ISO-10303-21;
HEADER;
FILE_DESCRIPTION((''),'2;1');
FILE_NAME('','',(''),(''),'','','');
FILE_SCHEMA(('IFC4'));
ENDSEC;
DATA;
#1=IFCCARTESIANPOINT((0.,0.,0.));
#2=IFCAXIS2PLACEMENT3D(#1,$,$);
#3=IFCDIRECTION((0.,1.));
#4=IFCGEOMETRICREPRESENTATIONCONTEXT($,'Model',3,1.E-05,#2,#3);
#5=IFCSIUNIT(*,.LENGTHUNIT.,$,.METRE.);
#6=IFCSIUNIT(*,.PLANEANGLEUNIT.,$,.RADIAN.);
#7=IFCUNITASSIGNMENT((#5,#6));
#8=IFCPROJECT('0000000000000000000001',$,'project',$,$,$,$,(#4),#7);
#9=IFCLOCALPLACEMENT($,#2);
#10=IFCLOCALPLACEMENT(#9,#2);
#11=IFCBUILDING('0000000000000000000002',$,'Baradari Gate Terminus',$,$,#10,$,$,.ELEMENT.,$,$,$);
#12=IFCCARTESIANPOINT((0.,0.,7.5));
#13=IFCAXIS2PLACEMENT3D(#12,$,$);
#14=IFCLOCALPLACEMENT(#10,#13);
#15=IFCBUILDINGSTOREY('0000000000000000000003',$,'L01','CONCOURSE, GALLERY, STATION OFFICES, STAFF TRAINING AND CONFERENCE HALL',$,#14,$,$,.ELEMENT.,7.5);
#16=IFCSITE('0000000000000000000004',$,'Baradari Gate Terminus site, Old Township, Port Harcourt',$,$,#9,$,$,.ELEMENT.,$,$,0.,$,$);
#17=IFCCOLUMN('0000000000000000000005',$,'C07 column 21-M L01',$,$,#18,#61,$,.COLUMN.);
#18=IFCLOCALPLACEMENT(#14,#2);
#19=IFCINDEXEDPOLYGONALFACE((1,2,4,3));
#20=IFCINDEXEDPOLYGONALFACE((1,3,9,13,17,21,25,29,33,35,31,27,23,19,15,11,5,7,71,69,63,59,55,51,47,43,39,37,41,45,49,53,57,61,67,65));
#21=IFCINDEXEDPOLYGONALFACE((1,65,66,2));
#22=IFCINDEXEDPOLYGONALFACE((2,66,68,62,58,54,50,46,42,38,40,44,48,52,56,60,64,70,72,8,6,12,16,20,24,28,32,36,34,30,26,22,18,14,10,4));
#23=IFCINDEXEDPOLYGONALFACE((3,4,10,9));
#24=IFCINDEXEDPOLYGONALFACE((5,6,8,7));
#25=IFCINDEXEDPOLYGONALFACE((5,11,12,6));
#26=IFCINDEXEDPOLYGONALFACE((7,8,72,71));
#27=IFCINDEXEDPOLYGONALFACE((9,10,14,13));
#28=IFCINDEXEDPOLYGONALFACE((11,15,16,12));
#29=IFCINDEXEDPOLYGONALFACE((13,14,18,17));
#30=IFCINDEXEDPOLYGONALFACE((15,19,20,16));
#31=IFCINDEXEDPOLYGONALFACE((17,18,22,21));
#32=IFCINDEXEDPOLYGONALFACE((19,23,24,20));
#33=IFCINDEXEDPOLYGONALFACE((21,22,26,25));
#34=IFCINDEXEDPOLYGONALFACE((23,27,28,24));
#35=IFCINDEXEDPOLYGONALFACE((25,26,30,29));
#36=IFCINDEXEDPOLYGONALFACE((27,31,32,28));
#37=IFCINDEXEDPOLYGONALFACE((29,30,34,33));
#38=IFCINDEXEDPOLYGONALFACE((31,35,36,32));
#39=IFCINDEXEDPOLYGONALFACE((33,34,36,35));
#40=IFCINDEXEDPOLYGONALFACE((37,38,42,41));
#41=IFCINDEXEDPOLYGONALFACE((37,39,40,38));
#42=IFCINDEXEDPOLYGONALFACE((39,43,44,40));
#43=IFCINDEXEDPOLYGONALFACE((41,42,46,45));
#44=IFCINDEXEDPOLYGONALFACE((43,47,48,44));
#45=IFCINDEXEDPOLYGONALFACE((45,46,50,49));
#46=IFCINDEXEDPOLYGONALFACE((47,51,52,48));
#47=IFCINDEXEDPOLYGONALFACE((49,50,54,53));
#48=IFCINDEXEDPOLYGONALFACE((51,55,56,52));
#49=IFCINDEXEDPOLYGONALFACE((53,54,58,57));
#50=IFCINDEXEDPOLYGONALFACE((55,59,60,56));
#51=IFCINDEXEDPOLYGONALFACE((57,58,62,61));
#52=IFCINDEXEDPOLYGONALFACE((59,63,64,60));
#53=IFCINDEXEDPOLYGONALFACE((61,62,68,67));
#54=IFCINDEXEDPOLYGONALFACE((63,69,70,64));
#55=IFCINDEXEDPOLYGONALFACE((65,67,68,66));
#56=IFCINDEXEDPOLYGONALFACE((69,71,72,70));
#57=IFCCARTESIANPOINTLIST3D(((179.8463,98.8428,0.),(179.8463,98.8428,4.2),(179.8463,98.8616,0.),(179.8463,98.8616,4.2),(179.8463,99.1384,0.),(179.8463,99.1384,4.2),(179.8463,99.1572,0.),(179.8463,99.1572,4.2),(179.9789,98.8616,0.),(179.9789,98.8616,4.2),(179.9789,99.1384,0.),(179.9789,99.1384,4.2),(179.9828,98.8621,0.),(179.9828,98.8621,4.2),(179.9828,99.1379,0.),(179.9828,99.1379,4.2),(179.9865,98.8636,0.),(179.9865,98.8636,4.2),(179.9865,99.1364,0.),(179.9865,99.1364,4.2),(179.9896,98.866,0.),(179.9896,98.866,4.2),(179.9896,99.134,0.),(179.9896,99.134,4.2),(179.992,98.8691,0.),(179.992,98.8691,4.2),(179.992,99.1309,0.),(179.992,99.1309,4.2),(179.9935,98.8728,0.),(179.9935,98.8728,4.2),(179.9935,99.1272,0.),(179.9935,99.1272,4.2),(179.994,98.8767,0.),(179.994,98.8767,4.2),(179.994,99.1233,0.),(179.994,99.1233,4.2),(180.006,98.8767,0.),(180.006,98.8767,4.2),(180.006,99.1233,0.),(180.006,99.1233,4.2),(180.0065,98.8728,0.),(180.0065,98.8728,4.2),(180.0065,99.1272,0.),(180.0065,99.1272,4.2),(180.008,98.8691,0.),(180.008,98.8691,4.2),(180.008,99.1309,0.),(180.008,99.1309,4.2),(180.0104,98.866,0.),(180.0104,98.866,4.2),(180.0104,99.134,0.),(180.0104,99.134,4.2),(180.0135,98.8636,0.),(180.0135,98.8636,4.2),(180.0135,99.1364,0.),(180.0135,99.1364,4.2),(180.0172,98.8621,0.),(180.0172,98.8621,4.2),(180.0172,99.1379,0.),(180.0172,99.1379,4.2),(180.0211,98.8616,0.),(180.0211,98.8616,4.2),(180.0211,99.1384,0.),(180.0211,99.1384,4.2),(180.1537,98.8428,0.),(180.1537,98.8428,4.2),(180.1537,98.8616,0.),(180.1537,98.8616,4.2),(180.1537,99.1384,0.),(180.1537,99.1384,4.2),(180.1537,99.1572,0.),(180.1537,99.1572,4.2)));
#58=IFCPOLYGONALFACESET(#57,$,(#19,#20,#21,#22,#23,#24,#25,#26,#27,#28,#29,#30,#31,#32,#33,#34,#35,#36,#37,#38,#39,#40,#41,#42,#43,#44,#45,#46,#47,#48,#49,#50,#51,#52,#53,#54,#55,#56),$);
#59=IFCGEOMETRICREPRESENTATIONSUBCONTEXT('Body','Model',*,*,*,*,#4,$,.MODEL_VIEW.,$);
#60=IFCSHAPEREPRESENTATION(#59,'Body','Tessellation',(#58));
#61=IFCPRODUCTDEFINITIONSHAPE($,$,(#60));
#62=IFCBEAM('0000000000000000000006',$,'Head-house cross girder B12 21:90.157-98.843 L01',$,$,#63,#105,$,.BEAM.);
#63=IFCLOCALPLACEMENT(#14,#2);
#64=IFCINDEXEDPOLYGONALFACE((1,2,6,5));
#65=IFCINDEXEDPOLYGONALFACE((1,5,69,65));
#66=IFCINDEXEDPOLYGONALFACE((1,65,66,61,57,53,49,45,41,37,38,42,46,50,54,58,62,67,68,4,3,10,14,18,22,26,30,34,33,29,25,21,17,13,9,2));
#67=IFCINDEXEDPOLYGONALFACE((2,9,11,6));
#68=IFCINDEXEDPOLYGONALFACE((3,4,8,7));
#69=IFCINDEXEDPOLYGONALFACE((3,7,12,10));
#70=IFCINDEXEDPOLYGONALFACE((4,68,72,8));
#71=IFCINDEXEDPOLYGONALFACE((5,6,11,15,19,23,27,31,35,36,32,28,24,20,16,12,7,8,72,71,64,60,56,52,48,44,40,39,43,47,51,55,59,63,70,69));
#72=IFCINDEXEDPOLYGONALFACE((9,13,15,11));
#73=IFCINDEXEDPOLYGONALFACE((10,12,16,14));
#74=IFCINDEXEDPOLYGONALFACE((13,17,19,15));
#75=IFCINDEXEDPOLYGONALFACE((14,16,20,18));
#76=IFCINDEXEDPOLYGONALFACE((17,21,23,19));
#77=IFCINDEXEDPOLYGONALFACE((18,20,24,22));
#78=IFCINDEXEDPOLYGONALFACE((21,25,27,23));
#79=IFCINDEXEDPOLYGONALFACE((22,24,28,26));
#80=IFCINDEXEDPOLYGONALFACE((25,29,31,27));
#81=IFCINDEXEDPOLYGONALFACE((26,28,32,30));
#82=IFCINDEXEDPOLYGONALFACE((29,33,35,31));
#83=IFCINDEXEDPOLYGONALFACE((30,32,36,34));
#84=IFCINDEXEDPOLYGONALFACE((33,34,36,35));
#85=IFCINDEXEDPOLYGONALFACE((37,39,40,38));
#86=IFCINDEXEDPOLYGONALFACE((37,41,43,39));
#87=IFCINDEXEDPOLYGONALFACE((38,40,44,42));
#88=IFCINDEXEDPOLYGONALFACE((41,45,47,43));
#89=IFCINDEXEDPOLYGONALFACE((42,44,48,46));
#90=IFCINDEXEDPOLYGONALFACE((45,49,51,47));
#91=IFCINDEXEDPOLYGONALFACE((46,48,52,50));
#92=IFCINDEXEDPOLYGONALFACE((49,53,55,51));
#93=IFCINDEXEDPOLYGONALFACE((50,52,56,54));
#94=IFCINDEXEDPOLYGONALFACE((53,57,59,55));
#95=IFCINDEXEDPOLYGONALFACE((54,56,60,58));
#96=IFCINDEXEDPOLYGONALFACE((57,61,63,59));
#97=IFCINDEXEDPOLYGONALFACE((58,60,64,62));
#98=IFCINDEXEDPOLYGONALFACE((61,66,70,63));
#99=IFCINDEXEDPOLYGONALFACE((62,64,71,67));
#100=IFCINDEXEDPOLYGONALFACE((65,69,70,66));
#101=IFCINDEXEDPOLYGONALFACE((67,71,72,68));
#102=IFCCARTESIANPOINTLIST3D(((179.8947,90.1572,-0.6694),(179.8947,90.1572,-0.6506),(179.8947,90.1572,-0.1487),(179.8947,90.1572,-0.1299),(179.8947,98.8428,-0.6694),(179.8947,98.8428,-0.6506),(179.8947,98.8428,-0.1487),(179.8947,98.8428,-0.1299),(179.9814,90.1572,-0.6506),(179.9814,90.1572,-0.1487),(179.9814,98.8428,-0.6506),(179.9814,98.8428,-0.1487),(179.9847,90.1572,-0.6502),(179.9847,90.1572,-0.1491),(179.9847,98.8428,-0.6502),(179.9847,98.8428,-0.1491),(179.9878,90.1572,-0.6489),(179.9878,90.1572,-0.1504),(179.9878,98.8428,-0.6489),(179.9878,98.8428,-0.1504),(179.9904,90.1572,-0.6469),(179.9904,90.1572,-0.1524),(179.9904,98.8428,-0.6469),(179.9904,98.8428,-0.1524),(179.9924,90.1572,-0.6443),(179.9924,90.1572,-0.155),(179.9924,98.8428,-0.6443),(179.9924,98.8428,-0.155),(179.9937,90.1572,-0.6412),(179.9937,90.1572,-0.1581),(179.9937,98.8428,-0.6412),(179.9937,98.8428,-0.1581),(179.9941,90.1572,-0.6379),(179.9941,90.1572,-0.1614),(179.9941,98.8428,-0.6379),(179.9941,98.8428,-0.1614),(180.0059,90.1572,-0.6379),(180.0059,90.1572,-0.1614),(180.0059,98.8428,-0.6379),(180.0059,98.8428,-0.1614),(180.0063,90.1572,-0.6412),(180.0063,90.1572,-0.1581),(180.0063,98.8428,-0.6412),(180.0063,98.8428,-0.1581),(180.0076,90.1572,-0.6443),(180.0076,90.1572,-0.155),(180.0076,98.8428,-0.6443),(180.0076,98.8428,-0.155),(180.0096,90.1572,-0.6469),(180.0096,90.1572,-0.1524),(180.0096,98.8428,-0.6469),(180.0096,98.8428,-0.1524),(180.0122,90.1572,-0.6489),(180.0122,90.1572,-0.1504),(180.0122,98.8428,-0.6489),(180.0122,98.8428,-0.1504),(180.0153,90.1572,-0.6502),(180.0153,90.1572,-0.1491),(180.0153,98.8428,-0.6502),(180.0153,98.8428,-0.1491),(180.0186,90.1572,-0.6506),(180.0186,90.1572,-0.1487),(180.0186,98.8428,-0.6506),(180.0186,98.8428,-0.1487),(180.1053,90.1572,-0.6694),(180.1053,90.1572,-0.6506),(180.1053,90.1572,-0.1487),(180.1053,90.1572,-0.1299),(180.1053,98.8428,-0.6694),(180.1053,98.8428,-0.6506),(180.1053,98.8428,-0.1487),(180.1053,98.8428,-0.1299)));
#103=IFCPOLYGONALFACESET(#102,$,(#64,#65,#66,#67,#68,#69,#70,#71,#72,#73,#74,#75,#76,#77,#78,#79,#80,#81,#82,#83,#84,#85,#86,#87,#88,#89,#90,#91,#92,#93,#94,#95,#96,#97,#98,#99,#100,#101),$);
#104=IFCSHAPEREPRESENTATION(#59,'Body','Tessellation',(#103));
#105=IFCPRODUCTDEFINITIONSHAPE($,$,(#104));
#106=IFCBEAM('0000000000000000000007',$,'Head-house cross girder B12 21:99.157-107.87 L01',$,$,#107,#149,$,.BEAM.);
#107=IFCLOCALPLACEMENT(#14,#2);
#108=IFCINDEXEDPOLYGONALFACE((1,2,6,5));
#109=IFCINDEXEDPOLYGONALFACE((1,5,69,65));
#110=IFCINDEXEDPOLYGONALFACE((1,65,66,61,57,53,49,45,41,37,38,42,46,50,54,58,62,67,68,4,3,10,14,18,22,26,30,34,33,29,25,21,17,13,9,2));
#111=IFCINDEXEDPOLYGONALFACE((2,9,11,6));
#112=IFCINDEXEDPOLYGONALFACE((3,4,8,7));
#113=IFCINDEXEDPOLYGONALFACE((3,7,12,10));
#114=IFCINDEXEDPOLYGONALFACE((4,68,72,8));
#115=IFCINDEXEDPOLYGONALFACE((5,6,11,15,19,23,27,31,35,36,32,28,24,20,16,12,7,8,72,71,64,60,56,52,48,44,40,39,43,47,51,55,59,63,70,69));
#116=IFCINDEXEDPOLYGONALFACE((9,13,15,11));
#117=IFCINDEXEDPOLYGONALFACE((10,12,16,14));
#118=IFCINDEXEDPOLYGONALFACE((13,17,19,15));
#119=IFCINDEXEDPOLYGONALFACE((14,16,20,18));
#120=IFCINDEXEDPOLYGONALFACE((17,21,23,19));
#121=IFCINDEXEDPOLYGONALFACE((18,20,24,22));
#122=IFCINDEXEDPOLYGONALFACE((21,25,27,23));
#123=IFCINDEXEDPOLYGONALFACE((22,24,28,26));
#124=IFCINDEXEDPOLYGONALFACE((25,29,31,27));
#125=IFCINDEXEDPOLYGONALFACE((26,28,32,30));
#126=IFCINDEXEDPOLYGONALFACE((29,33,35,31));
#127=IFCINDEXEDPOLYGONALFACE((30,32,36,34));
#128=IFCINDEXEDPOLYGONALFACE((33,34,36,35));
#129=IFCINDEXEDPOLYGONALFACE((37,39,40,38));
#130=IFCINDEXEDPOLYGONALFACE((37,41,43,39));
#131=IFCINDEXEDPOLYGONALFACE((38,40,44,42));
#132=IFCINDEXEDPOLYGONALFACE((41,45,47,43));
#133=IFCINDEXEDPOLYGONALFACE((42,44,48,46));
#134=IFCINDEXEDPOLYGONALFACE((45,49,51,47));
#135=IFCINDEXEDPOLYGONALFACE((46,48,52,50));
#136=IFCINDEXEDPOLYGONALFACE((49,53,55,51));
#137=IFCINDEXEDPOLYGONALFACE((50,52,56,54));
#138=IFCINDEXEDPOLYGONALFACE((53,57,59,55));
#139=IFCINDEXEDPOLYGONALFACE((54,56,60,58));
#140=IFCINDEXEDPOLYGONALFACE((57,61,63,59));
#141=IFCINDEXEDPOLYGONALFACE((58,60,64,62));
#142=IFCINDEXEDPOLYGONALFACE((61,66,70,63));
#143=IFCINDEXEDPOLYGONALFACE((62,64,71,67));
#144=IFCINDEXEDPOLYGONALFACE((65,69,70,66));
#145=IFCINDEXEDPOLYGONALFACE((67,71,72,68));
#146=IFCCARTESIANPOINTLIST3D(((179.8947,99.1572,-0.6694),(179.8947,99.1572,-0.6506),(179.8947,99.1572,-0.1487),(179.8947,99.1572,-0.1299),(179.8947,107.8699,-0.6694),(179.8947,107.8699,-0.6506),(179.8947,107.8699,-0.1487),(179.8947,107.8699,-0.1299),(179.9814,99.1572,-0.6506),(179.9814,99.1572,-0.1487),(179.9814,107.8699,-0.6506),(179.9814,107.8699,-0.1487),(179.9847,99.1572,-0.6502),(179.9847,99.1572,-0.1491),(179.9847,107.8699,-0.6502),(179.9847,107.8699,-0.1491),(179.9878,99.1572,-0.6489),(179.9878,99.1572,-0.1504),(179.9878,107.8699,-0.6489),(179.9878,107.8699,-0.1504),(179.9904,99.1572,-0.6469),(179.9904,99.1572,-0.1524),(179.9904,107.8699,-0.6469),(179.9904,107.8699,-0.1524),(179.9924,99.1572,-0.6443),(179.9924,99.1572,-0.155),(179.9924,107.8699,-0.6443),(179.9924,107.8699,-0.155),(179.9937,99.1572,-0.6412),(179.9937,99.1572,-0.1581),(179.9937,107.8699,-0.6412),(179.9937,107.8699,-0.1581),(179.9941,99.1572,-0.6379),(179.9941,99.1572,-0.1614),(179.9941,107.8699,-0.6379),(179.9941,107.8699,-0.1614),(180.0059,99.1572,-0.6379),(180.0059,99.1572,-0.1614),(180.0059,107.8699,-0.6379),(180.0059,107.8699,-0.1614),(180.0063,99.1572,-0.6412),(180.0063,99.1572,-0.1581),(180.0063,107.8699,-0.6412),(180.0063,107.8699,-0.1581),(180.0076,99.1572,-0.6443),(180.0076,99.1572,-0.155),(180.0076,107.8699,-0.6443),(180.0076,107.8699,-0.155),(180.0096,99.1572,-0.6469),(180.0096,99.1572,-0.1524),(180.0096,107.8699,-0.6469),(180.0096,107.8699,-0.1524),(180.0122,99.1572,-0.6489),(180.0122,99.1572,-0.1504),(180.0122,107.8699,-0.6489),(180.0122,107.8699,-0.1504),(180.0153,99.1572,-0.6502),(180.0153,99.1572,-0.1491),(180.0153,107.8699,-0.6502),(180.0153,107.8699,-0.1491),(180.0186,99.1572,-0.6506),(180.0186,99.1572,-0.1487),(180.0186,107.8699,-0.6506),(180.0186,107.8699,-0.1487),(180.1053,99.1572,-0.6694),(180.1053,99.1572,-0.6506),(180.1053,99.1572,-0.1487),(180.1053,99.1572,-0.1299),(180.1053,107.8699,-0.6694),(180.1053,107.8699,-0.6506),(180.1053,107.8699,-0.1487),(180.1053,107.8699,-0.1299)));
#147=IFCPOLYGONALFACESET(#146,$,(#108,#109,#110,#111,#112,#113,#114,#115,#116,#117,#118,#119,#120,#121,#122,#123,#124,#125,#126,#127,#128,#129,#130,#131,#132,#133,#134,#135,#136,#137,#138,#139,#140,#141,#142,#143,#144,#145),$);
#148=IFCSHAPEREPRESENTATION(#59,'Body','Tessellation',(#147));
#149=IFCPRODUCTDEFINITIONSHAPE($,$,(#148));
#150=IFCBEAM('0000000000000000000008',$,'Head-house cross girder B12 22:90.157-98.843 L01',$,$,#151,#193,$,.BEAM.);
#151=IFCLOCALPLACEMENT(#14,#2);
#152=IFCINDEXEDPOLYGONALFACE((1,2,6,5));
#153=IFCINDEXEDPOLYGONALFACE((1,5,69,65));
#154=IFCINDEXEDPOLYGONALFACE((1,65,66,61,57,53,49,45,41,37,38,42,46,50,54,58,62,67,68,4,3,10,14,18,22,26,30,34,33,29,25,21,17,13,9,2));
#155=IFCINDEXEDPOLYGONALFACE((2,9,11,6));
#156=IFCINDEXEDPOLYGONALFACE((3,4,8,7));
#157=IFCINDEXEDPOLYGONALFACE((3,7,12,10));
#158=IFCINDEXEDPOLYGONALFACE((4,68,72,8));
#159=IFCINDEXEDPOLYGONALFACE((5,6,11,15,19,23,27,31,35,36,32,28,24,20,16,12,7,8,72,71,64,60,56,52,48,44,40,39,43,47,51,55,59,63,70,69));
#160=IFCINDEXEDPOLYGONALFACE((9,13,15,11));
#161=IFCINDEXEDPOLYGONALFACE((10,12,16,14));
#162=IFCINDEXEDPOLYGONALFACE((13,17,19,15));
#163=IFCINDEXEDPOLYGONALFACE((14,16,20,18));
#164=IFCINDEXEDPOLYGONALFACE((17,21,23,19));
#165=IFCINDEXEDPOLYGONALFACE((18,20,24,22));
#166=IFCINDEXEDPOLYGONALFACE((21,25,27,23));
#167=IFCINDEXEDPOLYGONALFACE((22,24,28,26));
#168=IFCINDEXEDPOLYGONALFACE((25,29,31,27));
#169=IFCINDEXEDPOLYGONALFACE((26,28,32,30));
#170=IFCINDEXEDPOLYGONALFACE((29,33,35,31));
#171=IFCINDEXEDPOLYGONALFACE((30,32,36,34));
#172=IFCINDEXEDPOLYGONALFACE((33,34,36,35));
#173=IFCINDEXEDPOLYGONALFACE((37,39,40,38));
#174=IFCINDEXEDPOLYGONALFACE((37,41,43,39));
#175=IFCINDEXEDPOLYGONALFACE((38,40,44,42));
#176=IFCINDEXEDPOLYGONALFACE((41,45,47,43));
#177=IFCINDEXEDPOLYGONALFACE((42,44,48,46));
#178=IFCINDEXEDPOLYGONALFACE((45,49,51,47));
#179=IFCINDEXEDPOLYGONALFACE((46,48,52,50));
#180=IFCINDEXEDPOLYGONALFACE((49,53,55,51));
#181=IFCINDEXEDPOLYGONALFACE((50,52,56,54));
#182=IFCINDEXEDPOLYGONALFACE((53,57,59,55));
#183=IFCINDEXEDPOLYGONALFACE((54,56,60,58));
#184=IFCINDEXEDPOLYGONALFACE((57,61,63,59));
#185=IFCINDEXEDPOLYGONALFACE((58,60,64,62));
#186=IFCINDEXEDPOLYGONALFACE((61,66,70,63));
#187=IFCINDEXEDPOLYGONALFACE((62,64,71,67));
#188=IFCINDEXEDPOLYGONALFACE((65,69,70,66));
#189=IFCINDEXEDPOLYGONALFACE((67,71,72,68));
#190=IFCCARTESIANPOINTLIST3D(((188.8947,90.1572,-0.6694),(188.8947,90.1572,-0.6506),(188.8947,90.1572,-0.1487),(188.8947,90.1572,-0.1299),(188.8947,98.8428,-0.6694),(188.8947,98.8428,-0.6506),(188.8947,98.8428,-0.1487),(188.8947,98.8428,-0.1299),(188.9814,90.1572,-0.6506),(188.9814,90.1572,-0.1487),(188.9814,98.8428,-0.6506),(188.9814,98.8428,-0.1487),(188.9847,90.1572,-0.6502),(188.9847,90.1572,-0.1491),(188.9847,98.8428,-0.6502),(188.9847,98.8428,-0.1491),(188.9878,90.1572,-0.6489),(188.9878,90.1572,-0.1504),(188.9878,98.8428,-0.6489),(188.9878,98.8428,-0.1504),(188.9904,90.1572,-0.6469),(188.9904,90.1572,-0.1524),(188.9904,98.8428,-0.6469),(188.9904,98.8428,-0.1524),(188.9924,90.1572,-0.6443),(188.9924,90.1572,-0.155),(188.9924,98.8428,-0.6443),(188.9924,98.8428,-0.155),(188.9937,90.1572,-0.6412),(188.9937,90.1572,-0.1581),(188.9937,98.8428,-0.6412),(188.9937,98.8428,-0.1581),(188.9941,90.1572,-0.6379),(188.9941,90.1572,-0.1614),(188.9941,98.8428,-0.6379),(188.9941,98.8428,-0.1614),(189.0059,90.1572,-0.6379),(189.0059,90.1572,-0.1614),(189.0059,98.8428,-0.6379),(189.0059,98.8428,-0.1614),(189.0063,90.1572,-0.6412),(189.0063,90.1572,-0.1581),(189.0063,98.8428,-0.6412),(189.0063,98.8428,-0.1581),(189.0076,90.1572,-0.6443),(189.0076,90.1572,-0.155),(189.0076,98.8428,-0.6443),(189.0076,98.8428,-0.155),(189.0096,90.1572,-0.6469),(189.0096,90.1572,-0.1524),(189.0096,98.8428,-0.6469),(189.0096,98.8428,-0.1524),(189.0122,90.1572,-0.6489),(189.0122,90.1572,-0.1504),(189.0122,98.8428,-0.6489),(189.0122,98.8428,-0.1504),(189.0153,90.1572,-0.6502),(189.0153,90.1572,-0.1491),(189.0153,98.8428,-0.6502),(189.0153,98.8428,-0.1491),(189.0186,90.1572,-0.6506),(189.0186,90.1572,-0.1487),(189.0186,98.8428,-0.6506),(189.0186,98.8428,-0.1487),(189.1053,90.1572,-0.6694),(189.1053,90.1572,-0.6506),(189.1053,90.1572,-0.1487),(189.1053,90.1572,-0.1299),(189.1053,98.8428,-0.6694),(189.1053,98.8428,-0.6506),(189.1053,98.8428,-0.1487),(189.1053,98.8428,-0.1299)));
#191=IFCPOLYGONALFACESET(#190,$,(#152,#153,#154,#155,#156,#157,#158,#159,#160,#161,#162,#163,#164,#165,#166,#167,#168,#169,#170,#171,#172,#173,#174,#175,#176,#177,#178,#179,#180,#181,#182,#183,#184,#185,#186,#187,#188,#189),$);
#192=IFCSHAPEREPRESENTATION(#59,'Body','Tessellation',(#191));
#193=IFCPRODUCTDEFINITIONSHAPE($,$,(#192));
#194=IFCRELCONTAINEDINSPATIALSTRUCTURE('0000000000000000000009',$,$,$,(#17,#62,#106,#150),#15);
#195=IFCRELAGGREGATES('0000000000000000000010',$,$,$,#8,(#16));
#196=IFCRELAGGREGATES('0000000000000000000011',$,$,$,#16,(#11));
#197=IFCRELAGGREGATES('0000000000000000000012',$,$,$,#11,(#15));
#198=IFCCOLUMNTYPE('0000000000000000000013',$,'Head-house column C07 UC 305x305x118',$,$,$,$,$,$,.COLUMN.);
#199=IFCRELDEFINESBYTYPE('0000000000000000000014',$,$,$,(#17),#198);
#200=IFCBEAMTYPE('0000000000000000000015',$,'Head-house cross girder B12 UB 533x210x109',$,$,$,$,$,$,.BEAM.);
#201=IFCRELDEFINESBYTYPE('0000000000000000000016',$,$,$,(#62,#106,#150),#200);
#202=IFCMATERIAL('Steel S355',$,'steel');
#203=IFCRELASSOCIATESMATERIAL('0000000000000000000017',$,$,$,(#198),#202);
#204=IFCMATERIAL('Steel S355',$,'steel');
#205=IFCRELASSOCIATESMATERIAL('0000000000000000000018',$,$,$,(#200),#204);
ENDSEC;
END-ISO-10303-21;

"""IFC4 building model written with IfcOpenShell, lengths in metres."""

from ifc_helpers import new_model, si_unit, direction, frame, origin, origin_2d, place, context, subcontext, project, spatial, i_section, extrude, material, material_profile, profile_set, type_object, element, save


model = new_model("IFC4")

# Units and contexts
model_context = context("Model", 3, precision=1e-05, world=origin(), true_north=direction((0.0, 1.0)))
body_context = subcontext(model_context, "Body", "Model", "MODEL_VIEW")
ifc_project = project(units=[si_unit("LENGTHUNIT", "METRE"), si_unit("PLANEANGLEUNIT", "RADIAN")], contexts=[model_context])

# Site, building, storey
site_placement = place(None, origin())
site = spatial("IfcSite", under=ifc_project, at=site_placement, Name="Baradari Gate Terminus site, Old Township, Port Harcourt", CompositionType="ELEMENT", RefElevation=0.0)
building_placement = place(site_placement, origin())
building = spatial("IfcBuilding", under=site, at=building_placement, Name="Baradari Gate Terminus", CompositionType="ELEMENT")
storey_placement = place(building_placement, frame((0.0, 0.0, 7.5)))
storey = spatial("IfcBuildingStorey", under=building, at=storey_placement, Name="L01", Description="CONCOURSE, GALLERY, STATION OFFICES, STAFF TRAINING AND CONFERENCE HALL", CompositionType="ELEMENT", Elevation=7.5)

# Column
ifc_material_1 = material(Name="Steel S355", Category="steel")
ifc_material_profile_1 = material_profile(ifc_material_1, i_section(OverallWidth=0.3074, OverallDepth=0.3145, WebThickness=0.012, FlangeThickness=0.0188, FilletRadius=0.0151, at=origin_2d()), Name="UC 305x305x118")
ifc_profile_set_1 = profile_set([ifc_material_profile_1], Name="Steel S355")
column_type = type_object("IfcColumnType", Name="Head-house column C07 UC 305x305x118", PredefinedType="COLUMN", material=ifc_profile_set_1)
column_placement = place(storey_placement, frame((180.0, 99.0, 0.0), z_axis=(0.0, 0.0, 1.0), x_axis=(1.0, 0.0, 0.0)))
element("IfcColumn", 1, at=column_placement, inside=storey, type_object=column_type, Name="C07 column 21-M L01", PredefinedType="COLUMN", context=body_context, shape_type="SweptSolid", body=[
    extrude(i_section(OverallWidth=0.3074, OverallDepth=0.3145, WebThickness=0.012, FlangeThickness=0.0188, FilletRadius=0.0151, at=origin_2d()), origin(), (0.0, 0.0, 1.0), 4.2),
])

# Beams
ifc_material_2 = material(Name="Steel S355", Category="steel")
ifc_material_profile_2 = material_profile(ifc_material_2, i_section(OverallWidth=0.2107, OverallDepth=0.5396, WebThickness=0.0117, FlangeThickness=0.0188, FilletRadius=0.0127, at=origin_2d()), Name="UB 533x210x109")
ifc_profile_set_2 = profile_set([ifc_material_profile_2], Name="Steel S355")
beam_type_1 = type_object("IfcBeamType", Name="Head-house cross girder B12 UB 533x210x109", PredefinedType="BEAM", material=ifc_profile_set_2)
beam_1_placement = place(storey_placement, frame((180.0, 90.1572, -0.3997), z_axis=(0.0, 1.0, 0.0), x_axis=(-1.0, 0.0, 0.0)))
element("IfcBeam", 2, at=beam_1_placement, inside=storey, type_object=beam_type_1, Name="Head-house cross girder B12 21:90.157-98.843 L01", PredefinedType="BEAM", context=body_context, shape_type="SweptSolid", body=[
    extrude(i_section(OverallWidth=0.2107, OverallDepth=0.5396, WebThickness=0.0117, FlangeThickness=0.0188, FilletRadius=0.0127, at=origin_2d()), origin(), (0.0, 0.0, 1.0), 8.6855),
])
beam_2_placement = place(storey_placement, frame((180.0, 99.1572, -0.3997), z_axis=(0.0, 1.0, 0.0), x_axis=(-1.0, 0.0, 0.0)))
element("IfcBeam", 3, at=beam_2_placement, inside=storey, type_object=beam_type_1, Name="Head-house cross girder B12 21:99.157-107.87 L01", PredefinedType="BEAM", context=body_context, shape_type="SweptSolid", body=[
    extrude(i_section(OverallWidth=0.2107, OverallDepth=0.5396, WebThickness=0.0117, FlangeThickness=0.0188, FilletRadius=0.0127, at=origin_2d()), origin(), (0.0, 0.0, 1.0), 8.7126),
])
beam_3_placement = place(storey_placement, frame((189.0, 90.1572, -0.3997), z_axis=(0.0, 1.0, 0.0), x_axis=(-1.0, 0.0, 0.0)))
element("IfcBeam", 4, at=beam_3_placement, inside=storey, type_object=beam_type_1, Name="Head-house cross girder B12 22:90.157-98.843 L01", PredefinedType="BEAM", context=body_context, shape_type="SweptSolid", body=[
    extrude(i_section(OverallWidth=0.2107, OverallDepth=0.5396, WebThickness=0.0117, FlangeThickness=0.0188, FilletRadius=0.0127, at=origin_2d()), origin(), (0.0, 0.0, 1.0), 8.6855),
])

save(model, "model.ifc")
